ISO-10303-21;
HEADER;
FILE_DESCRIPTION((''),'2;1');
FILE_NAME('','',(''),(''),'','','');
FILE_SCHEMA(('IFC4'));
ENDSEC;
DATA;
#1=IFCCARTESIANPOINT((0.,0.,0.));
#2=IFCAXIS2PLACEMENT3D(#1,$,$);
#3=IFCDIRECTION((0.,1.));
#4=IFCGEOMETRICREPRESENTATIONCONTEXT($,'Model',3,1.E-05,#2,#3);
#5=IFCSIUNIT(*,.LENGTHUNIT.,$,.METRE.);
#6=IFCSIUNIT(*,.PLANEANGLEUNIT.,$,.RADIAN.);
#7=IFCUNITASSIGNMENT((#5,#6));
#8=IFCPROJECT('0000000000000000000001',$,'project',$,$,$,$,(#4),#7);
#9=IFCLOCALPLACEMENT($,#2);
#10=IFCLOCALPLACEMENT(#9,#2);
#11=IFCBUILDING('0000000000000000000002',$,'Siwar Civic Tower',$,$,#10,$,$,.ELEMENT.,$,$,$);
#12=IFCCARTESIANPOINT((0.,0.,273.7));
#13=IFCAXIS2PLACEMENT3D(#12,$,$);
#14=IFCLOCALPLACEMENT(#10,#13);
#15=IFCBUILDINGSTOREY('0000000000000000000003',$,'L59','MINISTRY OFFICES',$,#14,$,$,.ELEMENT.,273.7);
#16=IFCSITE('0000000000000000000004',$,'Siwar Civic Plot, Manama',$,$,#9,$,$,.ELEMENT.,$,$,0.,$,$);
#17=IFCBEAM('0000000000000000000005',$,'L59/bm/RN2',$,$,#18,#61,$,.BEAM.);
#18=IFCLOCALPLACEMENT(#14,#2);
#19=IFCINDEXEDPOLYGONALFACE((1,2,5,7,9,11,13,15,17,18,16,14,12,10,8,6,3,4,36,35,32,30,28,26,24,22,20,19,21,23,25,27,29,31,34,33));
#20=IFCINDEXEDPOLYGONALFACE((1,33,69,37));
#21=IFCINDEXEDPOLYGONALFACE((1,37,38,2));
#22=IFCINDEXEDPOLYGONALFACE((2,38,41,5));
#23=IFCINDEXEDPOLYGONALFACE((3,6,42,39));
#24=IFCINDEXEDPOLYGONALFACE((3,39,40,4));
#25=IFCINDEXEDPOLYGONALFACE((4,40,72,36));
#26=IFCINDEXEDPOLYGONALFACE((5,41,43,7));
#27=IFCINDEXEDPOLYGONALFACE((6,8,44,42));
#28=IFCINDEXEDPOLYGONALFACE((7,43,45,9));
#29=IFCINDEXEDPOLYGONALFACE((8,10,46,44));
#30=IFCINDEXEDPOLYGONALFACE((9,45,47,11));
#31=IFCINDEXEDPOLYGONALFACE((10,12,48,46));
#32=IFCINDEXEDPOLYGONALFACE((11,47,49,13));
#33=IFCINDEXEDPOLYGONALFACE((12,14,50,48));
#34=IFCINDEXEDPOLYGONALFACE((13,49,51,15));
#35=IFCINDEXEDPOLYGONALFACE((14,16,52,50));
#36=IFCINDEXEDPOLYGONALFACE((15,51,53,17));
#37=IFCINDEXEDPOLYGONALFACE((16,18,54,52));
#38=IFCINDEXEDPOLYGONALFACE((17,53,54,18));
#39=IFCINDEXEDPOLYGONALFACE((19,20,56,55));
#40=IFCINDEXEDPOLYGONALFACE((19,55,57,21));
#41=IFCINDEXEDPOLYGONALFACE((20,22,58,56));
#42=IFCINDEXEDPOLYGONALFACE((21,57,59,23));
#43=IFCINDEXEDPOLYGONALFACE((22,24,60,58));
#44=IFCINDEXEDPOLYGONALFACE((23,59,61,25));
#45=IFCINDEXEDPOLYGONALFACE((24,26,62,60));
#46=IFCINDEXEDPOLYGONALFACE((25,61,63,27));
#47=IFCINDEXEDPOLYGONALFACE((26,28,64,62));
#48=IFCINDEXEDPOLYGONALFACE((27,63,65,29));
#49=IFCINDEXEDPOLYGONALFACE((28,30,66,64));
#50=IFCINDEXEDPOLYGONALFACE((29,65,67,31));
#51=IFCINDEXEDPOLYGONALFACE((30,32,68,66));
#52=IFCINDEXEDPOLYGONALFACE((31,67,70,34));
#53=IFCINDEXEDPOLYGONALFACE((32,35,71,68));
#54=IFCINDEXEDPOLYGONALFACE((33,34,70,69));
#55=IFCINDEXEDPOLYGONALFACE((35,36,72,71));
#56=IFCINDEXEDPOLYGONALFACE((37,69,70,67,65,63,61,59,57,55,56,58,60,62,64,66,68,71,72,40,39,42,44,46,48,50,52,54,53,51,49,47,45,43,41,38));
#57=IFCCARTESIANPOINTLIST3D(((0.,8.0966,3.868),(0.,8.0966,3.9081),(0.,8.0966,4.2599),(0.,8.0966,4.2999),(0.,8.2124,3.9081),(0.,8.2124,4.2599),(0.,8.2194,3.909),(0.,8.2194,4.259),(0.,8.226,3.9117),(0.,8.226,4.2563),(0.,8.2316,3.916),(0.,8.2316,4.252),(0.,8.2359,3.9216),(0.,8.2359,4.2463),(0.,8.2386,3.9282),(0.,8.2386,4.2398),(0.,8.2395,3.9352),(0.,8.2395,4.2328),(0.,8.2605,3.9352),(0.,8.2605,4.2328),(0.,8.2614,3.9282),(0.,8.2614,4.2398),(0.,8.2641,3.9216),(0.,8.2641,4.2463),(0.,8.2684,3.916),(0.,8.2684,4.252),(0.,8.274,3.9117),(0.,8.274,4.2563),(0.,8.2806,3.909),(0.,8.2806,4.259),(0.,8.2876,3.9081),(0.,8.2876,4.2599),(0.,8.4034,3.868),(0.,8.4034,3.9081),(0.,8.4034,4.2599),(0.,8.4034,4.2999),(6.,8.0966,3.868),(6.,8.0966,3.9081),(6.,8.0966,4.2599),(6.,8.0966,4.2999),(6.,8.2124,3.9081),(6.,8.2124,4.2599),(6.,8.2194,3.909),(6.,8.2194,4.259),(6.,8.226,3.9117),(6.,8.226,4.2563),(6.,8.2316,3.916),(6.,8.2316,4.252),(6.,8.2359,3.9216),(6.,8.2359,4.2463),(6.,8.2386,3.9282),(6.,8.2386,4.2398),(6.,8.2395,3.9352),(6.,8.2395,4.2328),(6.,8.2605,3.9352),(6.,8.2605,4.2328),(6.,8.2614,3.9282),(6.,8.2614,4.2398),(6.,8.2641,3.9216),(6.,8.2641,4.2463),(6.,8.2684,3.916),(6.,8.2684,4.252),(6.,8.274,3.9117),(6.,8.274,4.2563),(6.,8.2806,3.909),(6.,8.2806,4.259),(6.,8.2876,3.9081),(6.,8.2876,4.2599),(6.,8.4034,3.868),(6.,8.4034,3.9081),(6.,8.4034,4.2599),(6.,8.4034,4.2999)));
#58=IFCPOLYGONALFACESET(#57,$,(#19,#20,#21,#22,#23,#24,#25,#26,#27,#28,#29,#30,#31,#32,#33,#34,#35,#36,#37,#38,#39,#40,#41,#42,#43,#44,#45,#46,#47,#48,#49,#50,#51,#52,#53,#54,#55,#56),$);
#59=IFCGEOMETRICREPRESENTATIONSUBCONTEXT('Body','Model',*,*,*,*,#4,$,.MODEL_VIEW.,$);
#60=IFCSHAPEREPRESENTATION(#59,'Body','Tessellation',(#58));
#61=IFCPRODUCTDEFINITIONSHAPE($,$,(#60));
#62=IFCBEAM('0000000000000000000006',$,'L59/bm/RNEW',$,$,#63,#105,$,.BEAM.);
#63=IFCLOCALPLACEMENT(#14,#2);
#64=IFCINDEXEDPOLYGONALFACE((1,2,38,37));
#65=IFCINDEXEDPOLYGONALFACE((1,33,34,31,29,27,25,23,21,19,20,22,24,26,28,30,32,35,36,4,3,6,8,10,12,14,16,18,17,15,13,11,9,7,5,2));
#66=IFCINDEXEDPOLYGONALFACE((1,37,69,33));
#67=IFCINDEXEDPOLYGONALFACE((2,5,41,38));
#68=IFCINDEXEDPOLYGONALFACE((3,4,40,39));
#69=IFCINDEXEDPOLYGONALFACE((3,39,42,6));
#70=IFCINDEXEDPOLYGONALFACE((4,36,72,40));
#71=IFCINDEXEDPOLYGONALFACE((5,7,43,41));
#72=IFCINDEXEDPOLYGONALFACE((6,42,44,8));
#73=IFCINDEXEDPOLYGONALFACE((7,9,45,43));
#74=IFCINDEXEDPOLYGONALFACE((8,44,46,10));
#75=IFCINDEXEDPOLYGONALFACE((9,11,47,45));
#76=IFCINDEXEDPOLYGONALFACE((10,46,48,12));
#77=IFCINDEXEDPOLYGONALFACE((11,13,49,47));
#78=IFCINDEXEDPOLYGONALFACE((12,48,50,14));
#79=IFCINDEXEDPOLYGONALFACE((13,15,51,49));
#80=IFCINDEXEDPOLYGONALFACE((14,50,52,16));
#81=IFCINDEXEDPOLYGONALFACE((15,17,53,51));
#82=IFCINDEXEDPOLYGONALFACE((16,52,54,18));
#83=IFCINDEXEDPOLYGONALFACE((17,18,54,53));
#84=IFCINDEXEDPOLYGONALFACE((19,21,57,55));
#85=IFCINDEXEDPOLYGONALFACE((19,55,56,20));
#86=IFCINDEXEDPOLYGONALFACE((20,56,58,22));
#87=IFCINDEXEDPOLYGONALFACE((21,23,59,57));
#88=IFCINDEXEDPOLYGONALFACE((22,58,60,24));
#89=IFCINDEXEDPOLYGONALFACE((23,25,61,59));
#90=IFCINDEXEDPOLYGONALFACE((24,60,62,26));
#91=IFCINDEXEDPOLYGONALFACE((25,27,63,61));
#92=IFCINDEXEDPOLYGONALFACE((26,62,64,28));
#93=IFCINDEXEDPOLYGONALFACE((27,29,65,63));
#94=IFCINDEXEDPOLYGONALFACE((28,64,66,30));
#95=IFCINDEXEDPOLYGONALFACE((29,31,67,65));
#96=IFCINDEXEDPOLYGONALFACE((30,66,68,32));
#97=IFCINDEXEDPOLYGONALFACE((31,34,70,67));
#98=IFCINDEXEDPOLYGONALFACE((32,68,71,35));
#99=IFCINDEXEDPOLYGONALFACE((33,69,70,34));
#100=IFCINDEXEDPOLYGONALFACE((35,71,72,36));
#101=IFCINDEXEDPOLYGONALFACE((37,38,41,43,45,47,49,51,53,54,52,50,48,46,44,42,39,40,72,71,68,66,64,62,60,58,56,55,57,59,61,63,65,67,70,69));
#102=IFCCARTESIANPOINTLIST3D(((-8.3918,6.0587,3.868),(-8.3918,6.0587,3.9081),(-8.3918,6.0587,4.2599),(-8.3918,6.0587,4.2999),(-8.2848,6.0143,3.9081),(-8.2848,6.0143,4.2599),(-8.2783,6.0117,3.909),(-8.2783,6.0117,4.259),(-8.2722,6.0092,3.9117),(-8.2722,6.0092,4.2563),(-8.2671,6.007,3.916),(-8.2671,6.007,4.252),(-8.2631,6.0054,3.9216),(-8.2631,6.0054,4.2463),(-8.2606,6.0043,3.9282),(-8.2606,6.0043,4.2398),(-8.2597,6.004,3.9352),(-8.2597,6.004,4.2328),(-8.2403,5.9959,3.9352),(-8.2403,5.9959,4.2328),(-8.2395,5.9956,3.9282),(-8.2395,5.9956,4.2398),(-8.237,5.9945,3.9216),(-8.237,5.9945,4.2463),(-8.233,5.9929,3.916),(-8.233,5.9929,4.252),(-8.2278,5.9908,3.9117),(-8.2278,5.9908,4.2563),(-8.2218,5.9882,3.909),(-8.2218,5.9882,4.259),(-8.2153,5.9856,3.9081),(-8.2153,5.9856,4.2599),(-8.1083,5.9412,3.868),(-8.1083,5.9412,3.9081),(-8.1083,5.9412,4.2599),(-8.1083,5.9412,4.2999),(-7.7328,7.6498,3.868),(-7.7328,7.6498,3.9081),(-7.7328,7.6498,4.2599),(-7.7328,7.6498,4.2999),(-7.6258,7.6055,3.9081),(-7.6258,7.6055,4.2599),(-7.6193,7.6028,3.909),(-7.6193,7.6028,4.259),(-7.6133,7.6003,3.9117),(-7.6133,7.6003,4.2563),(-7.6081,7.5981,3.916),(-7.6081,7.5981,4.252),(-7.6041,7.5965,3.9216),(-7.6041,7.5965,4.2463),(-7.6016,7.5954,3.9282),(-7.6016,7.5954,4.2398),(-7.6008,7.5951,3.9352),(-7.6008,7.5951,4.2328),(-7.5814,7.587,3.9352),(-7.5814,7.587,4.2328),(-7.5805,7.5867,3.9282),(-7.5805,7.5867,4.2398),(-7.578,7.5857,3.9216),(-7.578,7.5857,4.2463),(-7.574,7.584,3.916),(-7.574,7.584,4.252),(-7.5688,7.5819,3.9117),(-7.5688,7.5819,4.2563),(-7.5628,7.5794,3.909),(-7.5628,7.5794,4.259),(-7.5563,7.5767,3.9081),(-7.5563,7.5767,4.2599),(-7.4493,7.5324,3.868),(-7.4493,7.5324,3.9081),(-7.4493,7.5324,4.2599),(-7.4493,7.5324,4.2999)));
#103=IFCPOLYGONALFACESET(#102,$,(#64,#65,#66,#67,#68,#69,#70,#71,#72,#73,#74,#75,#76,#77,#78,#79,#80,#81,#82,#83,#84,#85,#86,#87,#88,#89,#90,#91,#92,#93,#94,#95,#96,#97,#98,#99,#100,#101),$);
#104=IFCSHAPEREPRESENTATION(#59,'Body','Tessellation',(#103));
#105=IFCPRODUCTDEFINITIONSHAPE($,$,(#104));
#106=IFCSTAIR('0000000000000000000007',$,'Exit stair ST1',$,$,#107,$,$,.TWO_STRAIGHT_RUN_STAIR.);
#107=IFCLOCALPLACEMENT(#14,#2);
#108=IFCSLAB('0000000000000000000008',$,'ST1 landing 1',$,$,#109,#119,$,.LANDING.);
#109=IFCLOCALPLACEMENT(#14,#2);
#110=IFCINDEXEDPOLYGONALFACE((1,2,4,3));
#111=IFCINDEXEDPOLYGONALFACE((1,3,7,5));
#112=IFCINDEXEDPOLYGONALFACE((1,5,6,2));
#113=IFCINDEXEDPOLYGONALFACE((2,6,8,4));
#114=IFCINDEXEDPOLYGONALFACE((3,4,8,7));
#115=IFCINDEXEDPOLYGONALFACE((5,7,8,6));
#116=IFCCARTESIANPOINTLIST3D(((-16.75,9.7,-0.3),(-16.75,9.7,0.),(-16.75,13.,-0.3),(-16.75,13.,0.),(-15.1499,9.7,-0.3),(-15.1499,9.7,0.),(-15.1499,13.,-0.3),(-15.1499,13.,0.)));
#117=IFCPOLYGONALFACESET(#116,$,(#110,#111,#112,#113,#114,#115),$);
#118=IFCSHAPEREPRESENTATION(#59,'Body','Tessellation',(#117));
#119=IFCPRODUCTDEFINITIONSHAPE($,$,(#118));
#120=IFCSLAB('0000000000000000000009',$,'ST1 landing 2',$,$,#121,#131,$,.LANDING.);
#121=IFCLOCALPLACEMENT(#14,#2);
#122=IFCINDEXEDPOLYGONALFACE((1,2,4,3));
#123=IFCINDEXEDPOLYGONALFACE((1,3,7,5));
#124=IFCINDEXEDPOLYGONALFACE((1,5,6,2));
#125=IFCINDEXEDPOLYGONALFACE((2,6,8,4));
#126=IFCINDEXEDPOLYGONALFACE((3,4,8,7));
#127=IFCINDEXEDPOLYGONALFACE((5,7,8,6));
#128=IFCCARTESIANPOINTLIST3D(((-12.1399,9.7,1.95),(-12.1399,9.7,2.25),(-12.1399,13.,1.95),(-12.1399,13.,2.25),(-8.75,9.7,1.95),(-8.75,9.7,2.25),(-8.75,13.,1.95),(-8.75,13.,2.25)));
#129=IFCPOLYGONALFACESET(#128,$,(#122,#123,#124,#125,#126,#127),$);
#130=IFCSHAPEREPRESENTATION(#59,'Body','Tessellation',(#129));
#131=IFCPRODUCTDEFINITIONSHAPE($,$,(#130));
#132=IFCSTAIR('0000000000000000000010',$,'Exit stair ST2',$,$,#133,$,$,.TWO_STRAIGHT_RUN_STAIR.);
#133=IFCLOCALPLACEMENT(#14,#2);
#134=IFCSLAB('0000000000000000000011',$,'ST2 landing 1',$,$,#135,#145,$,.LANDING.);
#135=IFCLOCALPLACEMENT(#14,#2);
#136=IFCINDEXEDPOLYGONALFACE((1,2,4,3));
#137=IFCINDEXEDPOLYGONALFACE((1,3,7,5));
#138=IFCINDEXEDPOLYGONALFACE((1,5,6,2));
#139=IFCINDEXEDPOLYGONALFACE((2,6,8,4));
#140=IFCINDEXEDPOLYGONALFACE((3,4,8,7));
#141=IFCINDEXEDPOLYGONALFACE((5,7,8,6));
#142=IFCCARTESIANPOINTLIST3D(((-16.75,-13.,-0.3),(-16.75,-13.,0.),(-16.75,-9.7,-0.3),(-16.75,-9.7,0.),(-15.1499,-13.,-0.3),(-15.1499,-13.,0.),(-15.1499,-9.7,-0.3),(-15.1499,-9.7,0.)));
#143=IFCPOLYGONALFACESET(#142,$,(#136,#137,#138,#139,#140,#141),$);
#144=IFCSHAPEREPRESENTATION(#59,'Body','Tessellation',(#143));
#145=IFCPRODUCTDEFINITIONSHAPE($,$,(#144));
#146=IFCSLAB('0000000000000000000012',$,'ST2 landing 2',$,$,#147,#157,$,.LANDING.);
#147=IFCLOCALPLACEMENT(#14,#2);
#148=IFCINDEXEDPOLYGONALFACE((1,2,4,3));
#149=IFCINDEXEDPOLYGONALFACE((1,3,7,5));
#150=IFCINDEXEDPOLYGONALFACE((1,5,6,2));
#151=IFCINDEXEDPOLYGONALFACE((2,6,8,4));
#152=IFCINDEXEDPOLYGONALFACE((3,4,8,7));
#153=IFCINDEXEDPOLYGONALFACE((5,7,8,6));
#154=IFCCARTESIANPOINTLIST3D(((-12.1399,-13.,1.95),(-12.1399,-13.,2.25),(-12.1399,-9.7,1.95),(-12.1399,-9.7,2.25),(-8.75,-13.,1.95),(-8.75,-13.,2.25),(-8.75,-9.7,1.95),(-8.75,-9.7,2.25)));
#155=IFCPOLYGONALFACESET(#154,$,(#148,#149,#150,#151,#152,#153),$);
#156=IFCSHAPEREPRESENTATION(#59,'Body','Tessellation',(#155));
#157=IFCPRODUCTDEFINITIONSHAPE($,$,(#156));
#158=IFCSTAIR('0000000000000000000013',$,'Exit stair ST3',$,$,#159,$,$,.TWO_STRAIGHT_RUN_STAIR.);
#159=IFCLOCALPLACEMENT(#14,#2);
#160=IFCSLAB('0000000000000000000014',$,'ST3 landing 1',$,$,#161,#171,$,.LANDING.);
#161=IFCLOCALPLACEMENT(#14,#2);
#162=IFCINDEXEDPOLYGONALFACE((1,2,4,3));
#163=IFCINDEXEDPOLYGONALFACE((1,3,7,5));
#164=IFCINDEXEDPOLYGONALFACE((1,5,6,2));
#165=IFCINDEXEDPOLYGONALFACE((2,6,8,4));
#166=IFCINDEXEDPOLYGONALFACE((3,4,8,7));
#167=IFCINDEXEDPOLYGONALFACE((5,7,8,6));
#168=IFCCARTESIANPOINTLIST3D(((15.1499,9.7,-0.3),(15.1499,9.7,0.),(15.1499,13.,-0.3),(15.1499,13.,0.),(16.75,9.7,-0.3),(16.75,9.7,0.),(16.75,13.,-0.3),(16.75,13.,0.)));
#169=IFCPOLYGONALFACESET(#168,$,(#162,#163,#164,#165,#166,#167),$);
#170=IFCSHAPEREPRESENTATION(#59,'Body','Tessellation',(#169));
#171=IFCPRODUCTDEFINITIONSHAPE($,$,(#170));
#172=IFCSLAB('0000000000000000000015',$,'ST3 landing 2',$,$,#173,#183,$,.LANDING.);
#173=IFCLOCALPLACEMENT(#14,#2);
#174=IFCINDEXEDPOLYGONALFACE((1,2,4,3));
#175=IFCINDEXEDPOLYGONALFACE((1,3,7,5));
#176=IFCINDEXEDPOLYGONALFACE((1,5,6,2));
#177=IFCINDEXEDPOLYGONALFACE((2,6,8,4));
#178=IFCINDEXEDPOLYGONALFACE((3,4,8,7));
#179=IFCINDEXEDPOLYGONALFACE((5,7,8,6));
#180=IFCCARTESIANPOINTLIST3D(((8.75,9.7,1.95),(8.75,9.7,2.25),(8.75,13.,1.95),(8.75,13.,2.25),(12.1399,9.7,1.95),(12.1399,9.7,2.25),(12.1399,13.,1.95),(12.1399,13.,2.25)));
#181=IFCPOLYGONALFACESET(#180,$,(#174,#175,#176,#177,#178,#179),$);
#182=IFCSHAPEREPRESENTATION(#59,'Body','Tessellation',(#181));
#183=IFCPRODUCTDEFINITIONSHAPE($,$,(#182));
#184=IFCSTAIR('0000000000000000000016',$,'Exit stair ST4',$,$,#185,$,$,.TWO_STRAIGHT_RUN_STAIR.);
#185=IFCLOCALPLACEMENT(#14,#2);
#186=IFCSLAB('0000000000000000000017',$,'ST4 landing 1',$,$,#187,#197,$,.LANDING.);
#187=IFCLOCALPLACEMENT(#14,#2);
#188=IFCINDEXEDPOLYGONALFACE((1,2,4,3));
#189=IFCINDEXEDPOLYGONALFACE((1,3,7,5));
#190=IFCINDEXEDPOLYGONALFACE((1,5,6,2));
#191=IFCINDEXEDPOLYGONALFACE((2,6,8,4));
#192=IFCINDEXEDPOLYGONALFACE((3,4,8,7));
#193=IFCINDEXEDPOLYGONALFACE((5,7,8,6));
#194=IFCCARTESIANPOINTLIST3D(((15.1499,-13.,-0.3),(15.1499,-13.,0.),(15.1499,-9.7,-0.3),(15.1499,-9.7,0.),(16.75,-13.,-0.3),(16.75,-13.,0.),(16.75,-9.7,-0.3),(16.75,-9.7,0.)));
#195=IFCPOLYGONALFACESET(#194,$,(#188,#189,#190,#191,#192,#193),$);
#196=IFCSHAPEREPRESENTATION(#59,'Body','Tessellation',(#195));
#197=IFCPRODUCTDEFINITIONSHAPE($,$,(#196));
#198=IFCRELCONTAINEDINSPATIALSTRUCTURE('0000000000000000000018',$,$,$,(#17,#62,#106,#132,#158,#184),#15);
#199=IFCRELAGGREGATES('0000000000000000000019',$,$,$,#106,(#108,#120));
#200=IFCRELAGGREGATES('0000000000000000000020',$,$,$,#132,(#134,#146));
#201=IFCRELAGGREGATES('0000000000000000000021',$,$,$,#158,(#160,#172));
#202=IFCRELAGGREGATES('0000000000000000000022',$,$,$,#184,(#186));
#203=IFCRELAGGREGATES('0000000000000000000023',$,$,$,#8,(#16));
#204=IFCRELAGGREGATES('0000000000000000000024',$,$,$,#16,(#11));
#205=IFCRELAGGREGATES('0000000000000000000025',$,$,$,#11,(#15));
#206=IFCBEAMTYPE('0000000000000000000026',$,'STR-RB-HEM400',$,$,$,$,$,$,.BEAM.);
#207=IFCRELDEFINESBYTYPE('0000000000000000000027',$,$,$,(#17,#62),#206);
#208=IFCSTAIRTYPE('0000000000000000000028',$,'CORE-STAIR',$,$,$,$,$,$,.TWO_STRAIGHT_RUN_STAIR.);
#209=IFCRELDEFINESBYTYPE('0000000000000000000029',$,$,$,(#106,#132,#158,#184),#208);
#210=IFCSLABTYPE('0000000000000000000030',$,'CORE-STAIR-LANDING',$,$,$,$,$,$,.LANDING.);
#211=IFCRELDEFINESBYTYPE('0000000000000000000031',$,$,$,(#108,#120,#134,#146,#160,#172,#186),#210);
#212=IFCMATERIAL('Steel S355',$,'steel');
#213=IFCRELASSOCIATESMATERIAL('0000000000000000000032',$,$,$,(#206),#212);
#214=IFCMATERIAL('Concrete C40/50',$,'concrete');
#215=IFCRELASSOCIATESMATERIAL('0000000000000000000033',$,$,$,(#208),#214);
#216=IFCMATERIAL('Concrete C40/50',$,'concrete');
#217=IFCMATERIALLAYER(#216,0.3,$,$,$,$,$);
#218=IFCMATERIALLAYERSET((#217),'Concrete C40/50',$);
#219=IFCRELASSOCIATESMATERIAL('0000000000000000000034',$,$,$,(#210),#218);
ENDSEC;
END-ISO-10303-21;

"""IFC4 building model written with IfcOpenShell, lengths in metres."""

from ifc_helpers import new_model, si_unit, direction, frame, origin, origin_2d, place, context, subcontext, project, spatial, polyline, i_section, outline, extrude, material, layer, layer_set, material_profile, profile_set, type_object, element, aggregate, save


model = new_model("IFC4")

# Units and contexts
model_context = context("Model", 3, precision=1e-05, world=origin(), true_north=direction((0.0, 1.0)))
body_context = subcontext(model_context, "Body", "Model", "MODEL_VIEW")
ifc_project = project(units=[si_unit("LENGTHUNIT", "METRE"), si_unit("PLANEANGLEUNIT", "RADIAN")], contexts=[model_context])

# Site, building, storey
site_placement = place(None, origin())
site = spatial("IfcSite", under=ifc_project, at=site_placement, Name="Siwar Civic Plot, Manama", CompositionType="ELEMENT", RefElevation=0.0)
building_placement = place(site_placement, origin())
building = spatial("IfcBuilding", under=site, at=building_placement, Name="Siwar Civic Tower", CompositionType="ELEMENT")
storey_placement = place(building_placement, frame((0.0, 0.0, 273.7)))
storey = spatial("IfcBuildingStorey", under=building, at=storey_placement, Name="L59", Description="MINISTRY OFFICES", CompositionType="ELEMENT", Elevation=273.7)

# Beams
ifc_material_1 = material(Name="Steel S355", Category="steel")
ifc_material_profile_1 = material_profile(ifc_material_1, i_section(OverallWidth=0.3069, OverallDepth=0.4319, WebThickness=0.021, FlangeThickness=0.04, FilletRadius=0.0271, at=origin_2d()), Name="HEM400")
ifc_profile_set_1 = profile_set([ifc_material_profile_1], Name="Steel S355")
beam_type_1 = type_object("IfcBeamType", Name="STR-RB-HEM400", PredefinedType="BEAM", material=ifc_profile_set_1)
for number, where, z_axis, x_axis, name in (
    (1, (0.0, 8.25, 4.084), (1.0, 0.0, 0.0), (0.0, 1.0, 0.0), "L59/bm/RN2"),
):
    element("IfcBeam", number, at=place(storey_placement, frame(where, z_axis=z_axis, x_axis=x_axis)), inside=storey, type_object=beam_type_1, Name=name, PredefinedType="BEAM", context=body_context, shape_type="SweptSolid", body=[
        extrude(i_section(OverallWidth=0.3069, OverallDepth=0.4319, WebThickness=0.021, FlangeThickness=0.04, FilletRadius=0.0271, at=origin_2d()), origin(), (0.0, 0.0, 1.0), 6.0),
    ])
beam_1_placement = place(storey_placement, frame((-7.5911, 7.5911, 4.084), z_axis=(-0.382631, -0.923901, 0.0), x_axis=(0.923901, -0.382631, 0.0)))
element("IfcBeam", 2, at=beam_1_placement, inside=storey, type_object=beam_type_1, Name="L59/bm/RNEW", PredefinedType="BEAM", context=body_context, shape_type="SweptSolid", body=[
    extrude(i_section(OverallWidth=0.3069, OverallDepth=0.4319, WebThickness=0.021, FlangeThickness=0.04, FilletRadius=0.0271, at=origin_2d()), origin(), (0.0, 0.0, 1.0), 1.7222),
])

# Stairs, slabs
ifc_material_2 = material(Name="Concrete C40/50", Category="concrete")
stair_type = type_object("IfcStairType", Name="CORE-STAIR", PredefinedType="TWO_STRAIGHT_RUN_STAIR", material=ifc_material_2)
stair_1_placement = place(storey_placement, origin())
stair_1 = element("IfcStair", 3, at=stair_1_placement, inside=storey, type_object=stair_type, Name="Exit stair ST1", PredefinedType="TWO_STRAIGHT_RUN_STAIR")
ifc_material_3 = material(Name="Concrete C40/50", Category="concrete")
ifc_layer_1 = layer(ifc_material_3, 0.3)
ifc_layer_set_1 = layer_set([ifc_layer_1], Name="Concrete C40/50")
slab_type_1 = type_object("IfcSlabType", Name="CORE-STAIR-LANDING", PredefinedType="LANDING", material=ifc_layer_set_1)
slab_1_placement = place(storey_placement, frame((0.0, 0.0, -0.3)))
slab_1 = element("IfcSlab", 4, at=slab_1_placement, type_object=slab_type_1, Name="ST1 landing 1", PredefinedType="LANDING", context=body_context, shape_type="SweptSolid", body=[
    extrude(outline(polyline([(-15.1499, 13.0), (-16.75, 13.0), (-16.75, 9.7), (-15.1499, 9.7), (-15.1499, 13.0)])), origin(), (0.0, 0.0, 1.0), 0.3),
])
slab_2_placement = place(storey_placement, frame((0.0, 0.0, 1.95)))
slab_2 = element("IfcSlab", 5, at=slab_2_placement, type_object=slab_type_1, Name="ST1 landing 2", PredefinedType="LANDING", context=body_context, shape_type="SweptSolid", body=[
    extrude(outline(polyline([(-8.75, 13.0), (-12.1399, 13.0), (-12.1399, 9.7), (-8.75, 9.7), (-8.75, 13.0)])), origin(), (0.0, 0.0, 1.0), 0.3),
])
aggregate(stair_1, [slab_1, slab_2])
stair_2_placement = place(storey_placement, origin())
stair_2 = element("IfcStair", 6, at=stair_2_placement, inside=storey, type_object=stair_type, Name="Exit stair ST2", PredefinedType="TWO_STRAIGHT_RUN_STAIR")
slab_3_placement = place(storey_placement, frame((0.0, 0.0, -0.3)))
slab_3 = element("IfcSlab", 7, at=slab_3_placement, type_object=slab_type_1, Name="ST2 landing 1", PredefinedType="LANDING", context=body_context, shape_type="SweptSolid", body=[
    extrude(outline(polyline([(-15.1499, -9.7), (-16.75, -9.7), (-16.75, -13.0), (-15.1499, -13.0), (-15.1499, -9.7)])), origin(), (0.0, 0.0, 1.0), 0.3),
])
slab_4_placement = place(storey_placement, frame((0.0, 0.0, 1.95)))
slab_4 = element("IfcSlab", 8, at=slab_4_placement, type_object=slab_type_1, Name="ST2 landing 2", PredefinedType="LANDING", context=body_context, shape_type="SweptSolid", body=[
    extrude(outline(polyline([(-8.75, -9.7), (-12.1399, -9.7), (-12.1399, -13.0), (-8.75, -13.0), (-8.75, -9.7)])), origin(), (0.0, 0.0, 1.0), 0.3),
])
aggregate(stair_2, [slab_3, slab_4])
stair_3_placement = place(storey_placement, origin())
stair_3 = element("IfcStair", 9, at=stair_3_placement, inside=storey, type_object=stair_type, Name="Exit stair ST3", PredefinedType="TWO_STRAIGHT_RUN_STAIR")
slab_5_placement = place(storey_placement, frame((0.0, 0.0, -0.3)))
slab_5 = element("IfcSlab", 10, at=slab_5_placement, type_object=slab_type_1, Name="ST3 landing 1", PredefinedType="LANDING", context=body_context, shape_type="SweptSolid", body=[
    extrude(outline(polyline([(15.1499, 9.7), (16.75, 9.7), (16.75, 13.0), (15.1499, 13.0), (15.1499, 9.7)])), origin(), (0.0, 0.0, 1.0), 0.3),
])
slab_6_placement = place(storey_placement, frame((0.0, 0.0, 1.95)))
slab_6 = element("IfcSlab", 11, at=slab_6_placement, type_object=slab_type_1, Name="ST3 landing 2", PredefinedType="LANDING", context=body_context, shape_type="SweptSolid", body=[
    extrude(outline(polyline([(8.75, 9.7), (12.1399, 9.7), (12.1399, 13.0), (8.75, 13.0), (8.75, 9.7)])), origin(), (0.0, 0.0, 1.0), 0.3),
])
aggregate(stair_3, [slab_5, slab_6])

# Stair, slab
stair_4_placement = place(storey_placement, origin())
stair_4 = element("IfcStair", 12, at=stair_4_placement, inside=storey, type_object=stair_type, Name="Exit stair ST4", PredefinedType="TWO_STRAIGHT_RUN_STAIR")
slab_7_placement = place(storey_placement, frame((0.0, 0.0, -0.3)))
slab_7 = element("IfcSlab", 13, at=slab_7_placement, type_object=slab_type_1, Name="ST4 landing 1", PredefinedType="LANDING", context=body_context, shape_type="SweptSolid", body=[
    extrude(outline(polyline([(15.1499, -13.0), (16.75, -13.0), (16.75, -9.7), (15.1499, -9.7), (15.1499, -13.0)])), origin(), (0.0, 0.0, 1.0), 0.3),
])
aggregate(stair_4, [slab_7])

save(model, "model.ifc")
